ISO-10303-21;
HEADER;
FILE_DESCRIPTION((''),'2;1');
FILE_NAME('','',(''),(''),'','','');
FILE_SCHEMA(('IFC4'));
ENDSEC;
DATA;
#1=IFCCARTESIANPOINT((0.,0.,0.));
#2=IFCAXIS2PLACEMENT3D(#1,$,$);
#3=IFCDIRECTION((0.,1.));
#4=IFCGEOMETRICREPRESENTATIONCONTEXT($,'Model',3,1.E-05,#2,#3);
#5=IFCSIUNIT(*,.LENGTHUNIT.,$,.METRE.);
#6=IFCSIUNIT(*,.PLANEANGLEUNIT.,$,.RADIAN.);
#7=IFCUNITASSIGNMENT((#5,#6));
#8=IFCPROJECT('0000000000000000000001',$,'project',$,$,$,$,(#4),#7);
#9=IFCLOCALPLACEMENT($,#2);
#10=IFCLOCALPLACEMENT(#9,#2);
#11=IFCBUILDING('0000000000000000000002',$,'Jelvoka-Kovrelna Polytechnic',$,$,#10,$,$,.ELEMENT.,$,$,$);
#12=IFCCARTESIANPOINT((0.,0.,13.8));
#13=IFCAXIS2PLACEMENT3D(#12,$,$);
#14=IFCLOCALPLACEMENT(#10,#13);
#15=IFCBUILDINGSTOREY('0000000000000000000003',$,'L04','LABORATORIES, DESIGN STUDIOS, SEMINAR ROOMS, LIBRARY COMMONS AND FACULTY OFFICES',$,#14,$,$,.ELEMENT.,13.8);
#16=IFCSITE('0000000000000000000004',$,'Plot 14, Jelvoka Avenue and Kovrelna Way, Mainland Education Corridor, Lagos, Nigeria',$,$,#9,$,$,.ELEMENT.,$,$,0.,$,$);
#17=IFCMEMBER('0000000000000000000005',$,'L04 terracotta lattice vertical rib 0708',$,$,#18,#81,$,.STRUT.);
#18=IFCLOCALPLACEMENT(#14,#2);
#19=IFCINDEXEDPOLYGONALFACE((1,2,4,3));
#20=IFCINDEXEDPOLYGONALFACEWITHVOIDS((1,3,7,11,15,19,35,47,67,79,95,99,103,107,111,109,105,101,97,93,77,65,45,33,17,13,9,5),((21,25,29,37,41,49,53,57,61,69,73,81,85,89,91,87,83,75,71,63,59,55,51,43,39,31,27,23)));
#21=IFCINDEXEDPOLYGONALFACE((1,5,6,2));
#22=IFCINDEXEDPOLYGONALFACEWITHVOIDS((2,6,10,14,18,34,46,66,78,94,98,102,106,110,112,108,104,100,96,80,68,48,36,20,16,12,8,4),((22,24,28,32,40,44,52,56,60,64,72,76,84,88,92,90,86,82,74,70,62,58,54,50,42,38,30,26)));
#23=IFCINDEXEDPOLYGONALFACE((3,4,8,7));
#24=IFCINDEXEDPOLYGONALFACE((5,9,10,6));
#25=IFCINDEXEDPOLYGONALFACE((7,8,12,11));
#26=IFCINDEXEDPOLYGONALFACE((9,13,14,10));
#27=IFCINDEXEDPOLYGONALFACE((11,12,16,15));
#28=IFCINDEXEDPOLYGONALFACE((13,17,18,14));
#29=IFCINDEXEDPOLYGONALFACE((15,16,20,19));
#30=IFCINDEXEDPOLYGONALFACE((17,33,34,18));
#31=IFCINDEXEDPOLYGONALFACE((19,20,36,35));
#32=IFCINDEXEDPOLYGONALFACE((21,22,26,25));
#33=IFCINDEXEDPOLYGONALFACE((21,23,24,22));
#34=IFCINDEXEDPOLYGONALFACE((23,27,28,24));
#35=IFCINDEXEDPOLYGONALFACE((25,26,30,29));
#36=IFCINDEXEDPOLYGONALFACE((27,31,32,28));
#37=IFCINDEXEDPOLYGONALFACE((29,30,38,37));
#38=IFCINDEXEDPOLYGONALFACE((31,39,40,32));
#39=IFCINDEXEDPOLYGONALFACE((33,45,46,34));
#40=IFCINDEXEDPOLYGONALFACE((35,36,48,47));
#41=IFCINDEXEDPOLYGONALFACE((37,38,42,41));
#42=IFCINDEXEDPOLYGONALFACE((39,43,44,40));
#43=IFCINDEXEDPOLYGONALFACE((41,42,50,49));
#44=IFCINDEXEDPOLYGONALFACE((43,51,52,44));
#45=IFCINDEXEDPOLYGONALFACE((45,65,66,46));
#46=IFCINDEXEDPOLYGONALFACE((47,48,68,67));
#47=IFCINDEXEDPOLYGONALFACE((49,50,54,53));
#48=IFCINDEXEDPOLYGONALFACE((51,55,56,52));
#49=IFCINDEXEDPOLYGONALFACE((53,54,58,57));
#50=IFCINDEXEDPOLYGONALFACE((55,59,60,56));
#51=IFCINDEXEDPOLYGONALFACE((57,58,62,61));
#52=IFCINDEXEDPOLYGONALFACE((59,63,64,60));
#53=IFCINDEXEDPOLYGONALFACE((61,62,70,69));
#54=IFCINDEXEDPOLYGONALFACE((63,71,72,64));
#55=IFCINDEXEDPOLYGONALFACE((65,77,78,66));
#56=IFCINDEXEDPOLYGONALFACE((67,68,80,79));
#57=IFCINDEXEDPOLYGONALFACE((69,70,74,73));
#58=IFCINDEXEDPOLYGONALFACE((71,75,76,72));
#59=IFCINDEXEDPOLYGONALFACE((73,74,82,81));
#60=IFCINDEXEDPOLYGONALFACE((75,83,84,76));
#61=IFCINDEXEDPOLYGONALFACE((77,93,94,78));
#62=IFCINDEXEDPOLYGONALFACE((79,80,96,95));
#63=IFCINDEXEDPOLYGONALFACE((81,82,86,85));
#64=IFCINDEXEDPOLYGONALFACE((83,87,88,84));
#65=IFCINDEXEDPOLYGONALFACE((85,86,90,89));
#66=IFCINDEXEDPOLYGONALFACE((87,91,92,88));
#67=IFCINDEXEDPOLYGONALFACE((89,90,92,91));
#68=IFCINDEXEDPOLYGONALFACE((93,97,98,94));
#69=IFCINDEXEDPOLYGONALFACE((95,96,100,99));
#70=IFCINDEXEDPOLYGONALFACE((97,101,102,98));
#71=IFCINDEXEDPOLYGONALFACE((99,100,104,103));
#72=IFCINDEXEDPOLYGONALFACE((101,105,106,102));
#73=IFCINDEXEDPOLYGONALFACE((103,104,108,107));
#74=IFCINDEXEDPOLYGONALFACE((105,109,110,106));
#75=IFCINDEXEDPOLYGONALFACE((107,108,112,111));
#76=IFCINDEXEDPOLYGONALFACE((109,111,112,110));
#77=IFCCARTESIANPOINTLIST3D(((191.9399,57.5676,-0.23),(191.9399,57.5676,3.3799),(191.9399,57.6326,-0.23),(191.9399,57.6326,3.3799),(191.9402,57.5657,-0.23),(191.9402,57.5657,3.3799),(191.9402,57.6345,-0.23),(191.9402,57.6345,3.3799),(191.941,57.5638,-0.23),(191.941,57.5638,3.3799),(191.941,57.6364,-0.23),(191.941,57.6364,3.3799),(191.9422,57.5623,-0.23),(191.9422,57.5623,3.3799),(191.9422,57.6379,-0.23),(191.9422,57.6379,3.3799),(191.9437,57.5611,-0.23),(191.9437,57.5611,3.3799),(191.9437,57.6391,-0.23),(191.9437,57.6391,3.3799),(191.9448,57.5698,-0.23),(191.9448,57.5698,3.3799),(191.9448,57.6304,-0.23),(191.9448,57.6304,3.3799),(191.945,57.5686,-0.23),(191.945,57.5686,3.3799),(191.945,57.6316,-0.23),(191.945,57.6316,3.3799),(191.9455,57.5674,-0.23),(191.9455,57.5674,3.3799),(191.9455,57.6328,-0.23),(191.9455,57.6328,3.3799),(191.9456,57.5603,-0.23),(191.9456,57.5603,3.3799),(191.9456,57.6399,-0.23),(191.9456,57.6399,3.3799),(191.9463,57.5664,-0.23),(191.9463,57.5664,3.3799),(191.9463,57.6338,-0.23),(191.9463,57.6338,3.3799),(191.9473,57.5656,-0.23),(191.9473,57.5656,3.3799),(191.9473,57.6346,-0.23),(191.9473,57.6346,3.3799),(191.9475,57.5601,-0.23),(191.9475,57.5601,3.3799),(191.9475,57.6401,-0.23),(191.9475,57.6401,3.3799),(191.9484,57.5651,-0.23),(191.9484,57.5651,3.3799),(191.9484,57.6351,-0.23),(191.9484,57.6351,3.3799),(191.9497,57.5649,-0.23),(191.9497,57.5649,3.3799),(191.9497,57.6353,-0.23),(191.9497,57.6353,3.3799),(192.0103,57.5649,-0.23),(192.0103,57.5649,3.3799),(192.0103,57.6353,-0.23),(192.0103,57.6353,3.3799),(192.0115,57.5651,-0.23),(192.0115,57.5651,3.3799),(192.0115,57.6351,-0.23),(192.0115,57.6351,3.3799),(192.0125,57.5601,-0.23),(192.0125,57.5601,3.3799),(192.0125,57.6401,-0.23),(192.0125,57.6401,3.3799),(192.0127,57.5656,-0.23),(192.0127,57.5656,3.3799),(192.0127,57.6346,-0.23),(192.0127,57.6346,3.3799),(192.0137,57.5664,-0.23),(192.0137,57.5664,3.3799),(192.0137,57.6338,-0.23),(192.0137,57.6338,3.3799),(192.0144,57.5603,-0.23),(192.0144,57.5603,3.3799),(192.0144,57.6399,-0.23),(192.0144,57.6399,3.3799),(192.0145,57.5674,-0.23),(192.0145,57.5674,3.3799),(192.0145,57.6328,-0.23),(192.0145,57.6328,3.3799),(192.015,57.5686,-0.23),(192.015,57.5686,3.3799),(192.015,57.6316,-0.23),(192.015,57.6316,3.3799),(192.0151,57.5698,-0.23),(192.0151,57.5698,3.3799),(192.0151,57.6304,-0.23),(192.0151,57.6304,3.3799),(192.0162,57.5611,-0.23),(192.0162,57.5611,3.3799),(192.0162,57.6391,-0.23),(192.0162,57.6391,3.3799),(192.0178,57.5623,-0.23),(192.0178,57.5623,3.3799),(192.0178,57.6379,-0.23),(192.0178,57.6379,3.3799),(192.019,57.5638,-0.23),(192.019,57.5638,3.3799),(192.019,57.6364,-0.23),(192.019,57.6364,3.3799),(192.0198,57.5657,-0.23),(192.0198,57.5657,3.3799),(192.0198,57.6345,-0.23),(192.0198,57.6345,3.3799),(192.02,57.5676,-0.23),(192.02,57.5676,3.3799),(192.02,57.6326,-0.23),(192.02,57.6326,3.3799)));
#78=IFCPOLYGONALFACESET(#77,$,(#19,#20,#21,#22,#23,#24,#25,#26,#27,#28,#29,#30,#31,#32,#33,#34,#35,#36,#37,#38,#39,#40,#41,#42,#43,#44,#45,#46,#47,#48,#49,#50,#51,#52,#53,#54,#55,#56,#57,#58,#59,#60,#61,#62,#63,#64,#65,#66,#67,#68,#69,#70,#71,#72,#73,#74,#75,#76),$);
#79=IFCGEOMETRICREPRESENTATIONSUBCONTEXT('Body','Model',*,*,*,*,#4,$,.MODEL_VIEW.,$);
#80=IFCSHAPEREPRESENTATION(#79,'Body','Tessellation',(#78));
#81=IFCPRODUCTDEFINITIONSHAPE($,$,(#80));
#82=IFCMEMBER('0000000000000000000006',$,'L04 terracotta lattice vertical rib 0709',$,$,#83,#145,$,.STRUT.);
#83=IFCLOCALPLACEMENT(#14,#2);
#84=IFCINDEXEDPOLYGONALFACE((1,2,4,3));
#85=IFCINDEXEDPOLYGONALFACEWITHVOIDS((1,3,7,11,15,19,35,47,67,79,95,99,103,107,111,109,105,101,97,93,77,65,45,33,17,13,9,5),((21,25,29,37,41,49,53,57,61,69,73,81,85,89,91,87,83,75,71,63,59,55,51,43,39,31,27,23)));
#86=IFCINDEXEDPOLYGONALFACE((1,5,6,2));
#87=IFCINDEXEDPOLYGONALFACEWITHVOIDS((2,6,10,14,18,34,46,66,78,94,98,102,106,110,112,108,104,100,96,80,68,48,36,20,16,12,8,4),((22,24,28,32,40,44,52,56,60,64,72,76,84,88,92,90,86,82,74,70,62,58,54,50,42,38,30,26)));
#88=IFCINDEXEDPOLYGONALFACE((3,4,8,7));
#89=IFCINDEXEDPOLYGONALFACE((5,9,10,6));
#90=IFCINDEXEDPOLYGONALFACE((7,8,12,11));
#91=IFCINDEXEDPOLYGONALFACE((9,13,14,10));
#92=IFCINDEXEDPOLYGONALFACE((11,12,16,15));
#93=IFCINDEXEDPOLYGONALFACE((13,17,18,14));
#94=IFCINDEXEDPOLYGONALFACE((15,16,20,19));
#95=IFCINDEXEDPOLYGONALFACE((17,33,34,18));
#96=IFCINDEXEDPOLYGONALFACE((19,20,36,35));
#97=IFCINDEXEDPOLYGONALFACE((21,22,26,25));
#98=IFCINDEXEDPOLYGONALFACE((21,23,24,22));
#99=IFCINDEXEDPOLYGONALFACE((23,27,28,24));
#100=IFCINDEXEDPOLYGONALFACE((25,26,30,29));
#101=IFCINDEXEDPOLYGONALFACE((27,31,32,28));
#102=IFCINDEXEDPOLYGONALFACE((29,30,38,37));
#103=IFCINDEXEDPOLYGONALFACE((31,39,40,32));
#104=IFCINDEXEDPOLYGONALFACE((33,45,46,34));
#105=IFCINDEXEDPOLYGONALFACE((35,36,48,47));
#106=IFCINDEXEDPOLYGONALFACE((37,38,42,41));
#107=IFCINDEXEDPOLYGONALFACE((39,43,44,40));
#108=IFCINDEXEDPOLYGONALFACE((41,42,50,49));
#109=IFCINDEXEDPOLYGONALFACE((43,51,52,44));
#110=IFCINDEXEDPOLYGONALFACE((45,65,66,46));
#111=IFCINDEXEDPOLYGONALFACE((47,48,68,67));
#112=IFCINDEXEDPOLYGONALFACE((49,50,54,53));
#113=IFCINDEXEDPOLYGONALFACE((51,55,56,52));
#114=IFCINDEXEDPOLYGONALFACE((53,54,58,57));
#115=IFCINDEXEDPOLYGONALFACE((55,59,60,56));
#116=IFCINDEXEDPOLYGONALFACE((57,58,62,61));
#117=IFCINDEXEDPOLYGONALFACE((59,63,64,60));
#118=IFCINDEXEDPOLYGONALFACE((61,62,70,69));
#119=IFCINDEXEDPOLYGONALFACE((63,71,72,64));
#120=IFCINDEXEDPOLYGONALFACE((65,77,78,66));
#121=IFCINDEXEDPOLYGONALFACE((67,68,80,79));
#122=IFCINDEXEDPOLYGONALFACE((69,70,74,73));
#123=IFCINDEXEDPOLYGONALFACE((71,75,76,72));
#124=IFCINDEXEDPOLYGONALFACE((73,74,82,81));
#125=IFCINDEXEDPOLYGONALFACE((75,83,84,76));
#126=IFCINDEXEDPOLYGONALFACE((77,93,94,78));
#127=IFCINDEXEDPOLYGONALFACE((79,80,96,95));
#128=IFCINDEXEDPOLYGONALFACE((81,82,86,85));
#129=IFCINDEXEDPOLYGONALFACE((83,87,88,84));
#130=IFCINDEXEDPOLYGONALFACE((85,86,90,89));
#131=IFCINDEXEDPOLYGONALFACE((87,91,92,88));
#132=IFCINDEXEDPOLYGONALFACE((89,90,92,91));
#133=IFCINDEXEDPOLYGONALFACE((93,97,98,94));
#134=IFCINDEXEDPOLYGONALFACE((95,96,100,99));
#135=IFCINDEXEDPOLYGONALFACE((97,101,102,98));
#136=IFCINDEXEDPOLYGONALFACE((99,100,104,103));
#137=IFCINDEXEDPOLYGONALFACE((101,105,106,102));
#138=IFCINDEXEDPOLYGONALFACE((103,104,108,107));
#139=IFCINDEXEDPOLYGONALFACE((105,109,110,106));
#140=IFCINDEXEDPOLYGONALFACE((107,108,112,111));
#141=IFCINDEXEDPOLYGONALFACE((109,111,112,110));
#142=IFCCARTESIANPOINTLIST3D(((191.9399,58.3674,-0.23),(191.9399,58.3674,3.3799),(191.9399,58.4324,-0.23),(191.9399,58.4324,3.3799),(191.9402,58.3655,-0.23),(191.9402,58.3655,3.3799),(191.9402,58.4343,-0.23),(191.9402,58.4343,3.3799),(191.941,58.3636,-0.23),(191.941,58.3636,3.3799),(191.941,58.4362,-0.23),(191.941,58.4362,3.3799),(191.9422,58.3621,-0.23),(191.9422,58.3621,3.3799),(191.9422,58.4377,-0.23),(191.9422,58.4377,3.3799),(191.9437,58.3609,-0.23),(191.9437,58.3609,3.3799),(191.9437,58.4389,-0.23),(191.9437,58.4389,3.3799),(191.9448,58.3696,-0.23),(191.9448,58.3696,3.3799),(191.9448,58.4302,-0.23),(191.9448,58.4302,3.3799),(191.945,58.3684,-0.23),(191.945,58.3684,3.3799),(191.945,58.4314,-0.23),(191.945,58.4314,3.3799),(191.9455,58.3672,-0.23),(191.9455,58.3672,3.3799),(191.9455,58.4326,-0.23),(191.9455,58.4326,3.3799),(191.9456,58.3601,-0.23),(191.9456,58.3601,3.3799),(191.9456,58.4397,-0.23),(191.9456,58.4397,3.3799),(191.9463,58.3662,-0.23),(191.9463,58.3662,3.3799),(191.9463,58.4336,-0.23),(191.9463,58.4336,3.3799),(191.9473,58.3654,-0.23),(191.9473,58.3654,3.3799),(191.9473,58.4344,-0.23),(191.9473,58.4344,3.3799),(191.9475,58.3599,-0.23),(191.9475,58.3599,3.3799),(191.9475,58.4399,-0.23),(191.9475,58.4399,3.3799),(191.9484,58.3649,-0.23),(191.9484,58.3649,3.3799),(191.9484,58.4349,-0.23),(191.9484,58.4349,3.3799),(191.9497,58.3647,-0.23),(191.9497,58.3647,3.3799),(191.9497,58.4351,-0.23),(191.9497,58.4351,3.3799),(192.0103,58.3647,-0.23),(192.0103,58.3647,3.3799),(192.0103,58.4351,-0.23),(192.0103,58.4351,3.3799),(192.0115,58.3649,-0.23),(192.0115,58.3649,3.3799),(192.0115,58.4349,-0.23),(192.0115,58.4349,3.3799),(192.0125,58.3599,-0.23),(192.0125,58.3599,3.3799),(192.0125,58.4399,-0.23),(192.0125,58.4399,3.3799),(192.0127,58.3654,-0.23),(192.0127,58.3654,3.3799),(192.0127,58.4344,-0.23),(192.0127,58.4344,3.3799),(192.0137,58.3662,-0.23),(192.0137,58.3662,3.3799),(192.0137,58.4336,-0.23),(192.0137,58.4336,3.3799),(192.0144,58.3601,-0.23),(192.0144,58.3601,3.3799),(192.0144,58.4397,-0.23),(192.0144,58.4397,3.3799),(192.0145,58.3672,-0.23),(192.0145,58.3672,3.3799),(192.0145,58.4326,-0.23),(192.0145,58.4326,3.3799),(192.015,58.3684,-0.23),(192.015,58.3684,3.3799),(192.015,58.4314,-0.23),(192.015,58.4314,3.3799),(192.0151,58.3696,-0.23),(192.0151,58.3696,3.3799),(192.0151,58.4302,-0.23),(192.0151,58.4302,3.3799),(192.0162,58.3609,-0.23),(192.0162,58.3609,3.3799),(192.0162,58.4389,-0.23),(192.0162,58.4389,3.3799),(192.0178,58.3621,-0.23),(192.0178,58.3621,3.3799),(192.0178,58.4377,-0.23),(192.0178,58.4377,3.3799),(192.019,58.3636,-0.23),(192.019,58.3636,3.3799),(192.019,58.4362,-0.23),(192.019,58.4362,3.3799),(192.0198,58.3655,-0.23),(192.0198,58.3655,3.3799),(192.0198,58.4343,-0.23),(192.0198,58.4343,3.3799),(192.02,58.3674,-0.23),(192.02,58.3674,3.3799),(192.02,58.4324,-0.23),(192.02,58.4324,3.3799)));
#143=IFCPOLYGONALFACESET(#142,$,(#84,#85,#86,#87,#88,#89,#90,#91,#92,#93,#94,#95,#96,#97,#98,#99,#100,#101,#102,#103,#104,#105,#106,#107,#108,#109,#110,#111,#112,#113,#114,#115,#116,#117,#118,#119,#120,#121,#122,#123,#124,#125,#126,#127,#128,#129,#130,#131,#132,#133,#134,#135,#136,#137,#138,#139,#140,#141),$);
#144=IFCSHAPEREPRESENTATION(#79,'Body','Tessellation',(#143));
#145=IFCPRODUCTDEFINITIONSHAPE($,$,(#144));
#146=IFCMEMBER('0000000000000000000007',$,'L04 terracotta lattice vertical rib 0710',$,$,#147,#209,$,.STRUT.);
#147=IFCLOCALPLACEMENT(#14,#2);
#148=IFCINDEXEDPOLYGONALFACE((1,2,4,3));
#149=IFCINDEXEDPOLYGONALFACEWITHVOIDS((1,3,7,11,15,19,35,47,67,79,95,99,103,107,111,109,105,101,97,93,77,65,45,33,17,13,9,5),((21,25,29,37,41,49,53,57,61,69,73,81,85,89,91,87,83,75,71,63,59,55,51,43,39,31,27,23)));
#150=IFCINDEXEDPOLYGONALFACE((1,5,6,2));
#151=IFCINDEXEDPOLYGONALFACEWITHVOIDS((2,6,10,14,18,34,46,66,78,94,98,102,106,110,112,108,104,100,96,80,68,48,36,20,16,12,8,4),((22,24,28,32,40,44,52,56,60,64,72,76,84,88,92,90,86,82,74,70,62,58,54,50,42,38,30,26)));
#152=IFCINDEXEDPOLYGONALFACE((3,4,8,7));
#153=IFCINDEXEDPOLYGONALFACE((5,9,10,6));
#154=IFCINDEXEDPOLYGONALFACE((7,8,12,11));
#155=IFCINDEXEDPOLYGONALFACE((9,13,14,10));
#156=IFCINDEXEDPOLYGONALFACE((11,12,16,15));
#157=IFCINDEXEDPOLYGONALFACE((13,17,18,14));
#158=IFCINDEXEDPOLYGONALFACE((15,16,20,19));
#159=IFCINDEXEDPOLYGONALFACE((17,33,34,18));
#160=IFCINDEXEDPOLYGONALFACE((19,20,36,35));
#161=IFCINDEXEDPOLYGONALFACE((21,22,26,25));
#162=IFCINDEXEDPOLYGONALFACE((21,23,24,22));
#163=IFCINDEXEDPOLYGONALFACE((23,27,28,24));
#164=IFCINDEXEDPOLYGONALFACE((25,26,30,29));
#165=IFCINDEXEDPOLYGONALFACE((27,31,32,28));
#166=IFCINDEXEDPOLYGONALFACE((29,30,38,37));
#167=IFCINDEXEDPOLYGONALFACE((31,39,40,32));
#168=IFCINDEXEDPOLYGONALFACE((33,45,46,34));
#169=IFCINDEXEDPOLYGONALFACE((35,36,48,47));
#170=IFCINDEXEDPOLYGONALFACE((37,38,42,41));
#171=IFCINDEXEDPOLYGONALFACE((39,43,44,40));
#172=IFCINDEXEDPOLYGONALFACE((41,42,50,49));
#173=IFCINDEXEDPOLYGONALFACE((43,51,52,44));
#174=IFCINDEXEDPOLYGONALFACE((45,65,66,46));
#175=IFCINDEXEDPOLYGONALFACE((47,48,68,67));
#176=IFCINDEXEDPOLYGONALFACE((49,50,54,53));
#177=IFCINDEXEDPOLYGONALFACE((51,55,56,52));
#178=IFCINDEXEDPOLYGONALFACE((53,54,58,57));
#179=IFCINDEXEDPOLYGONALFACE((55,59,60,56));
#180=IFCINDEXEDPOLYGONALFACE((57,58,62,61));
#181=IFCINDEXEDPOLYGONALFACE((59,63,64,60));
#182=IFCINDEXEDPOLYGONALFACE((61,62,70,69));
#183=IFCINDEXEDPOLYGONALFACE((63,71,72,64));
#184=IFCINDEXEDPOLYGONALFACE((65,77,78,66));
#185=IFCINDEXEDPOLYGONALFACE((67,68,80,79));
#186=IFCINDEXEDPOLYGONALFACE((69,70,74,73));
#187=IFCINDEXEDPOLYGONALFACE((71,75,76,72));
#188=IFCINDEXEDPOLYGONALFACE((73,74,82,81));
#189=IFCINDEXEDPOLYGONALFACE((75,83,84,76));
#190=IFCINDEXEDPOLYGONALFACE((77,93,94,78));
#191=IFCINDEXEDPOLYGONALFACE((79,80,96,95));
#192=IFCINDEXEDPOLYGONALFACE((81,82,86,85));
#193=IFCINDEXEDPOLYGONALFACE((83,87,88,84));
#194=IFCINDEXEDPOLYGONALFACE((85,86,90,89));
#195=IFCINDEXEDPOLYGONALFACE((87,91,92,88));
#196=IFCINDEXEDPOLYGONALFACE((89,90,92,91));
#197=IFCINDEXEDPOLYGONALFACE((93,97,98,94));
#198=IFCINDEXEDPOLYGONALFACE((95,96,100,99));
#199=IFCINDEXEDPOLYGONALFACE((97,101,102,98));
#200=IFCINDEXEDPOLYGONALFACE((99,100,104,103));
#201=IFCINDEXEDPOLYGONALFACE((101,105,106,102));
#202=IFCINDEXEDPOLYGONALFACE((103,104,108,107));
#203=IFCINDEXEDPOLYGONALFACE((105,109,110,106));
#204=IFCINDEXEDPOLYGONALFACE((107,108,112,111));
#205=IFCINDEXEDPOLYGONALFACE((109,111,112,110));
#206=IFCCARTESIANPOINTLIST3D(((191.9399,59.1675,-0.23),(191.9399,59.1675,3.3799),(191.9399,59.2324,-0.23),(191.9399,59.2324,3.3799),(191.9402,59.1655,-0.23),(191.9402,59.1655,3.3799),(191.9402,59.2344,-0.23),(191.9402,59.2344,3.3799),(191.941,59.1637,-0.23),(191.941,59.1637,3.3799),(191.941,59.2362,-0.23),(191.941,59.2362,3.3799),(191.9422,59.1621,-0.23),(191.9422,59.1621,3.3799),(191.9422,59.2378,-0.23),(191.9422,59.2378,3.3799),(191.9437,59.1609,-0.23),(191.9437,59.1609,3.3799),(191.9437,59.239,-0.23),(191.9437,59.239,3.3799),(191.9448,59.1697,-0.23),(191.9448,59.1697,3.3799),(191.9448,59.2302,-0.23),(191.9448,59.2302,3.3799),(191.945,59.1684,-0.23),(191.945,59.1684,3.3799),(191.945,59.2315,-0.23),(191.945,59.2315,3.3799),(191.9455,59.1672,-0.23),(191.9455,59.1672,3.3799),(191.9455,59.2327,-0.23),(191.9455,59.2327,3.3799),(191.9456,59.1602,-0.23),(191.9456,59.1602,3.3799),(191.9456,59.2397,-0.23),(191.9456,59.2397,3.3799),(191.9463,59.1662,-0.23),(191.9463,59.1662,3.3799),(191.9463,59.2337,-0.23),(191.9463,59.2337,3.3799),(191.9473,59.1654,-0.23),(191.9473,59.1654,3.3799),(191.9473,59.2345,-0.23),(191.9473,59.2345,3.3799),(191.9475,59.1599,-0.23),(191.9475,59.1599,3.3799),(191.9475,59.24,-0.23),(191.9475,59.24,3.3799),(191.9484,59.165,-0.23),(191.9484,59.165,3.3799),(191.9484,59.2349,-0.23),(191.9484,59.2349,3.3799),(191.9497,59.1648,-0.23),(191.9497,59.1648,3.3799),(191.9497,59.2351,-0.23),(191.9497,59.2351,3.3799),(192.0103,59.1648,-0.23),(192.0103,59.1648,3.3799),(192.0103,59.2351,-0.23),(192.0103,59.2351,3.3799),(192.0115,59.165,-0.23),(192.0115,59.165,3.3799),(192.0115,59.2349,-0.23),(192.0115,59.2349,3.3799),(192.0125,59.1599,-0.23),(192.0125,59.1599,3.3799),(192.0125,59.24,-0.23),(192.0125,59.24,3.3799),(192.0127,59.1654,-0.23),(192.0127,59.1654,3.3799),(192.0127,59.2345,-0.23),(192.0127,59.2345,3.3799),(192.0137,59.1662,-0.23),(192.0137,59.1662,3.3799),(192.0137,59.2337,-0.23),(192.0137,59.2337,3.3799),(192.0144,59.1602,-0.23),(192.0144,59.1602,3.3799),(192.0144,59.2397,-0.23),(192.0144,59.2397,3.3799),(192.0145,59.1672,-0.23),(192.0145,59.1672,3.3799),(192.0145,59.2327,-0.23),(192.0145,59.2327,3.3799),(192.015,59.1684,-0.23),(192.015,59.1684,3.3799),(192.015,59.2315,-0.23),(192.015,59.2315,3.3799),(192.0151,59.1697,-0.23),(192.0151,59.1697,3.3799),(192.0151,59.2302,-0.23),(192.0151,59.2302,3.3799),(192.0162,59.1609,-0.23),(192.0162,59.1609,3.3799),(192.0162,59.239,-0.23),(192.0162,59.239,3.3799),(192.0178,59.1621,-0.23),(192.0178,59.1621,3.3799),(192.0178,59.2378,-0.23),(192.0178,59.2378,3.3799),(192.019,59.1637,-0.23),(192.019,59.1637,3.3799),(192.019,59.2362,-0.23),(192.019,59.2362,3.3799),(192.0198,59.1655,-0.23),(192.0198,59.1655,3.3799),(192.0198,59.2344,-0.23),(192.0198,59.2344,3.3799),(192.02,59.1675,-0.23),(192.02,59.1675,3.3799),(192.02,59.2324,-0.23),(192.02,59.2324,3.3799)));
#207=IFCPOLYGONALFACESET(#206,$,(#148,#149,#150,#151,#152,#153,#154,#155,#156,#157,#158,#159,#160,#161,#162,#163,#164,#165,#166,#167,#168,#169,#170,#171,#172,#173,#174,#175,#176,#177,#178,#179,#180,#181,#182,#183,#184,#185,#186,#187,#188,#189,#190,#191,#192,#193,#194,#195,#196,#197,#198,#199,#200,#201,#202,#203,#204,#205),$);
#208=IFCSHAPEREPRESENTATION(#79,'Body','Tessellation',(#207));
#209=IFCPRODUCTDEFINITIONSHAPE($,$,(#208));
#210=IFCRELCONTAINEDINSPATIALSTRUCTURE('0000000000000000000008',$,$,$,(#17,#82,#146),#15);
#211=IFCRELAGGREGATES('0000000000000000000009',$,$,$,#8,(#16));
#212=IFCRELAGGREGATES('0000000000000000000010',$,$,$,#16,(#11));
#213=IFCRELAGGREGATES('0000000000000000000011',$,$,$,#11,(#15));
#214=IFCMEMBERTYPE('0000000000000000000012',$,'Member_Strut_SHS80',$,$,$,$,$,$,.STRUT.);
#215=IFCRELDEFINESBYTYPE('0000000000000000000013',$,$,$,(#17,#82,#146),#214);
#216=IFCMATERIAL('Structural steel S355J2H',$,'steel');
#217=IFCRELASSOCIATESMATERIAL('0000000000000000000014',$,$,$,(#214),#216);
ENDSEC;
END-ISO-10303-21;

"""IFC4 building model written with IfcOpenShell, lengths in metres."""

from ifc_helpers import new_model, si_unit, direction, frame, origin, origin_2d, place, context, subcontext, project, spatial, hollow_rectangle, extrude, material, material_profile, profile_set, type_object, element, save


model = new_model("IFC4")

# Units and contexts
model_context = context("Model", 3, precision=1e-05, world=origin(), true_north=direction((0.0, 1.0)))
body_context = subcontext(model_context, "Body", "Model", "MODEL_VIEW")
ifc_project = project(units=[si_unit("LENGTHUNIT", "METRE"), si_unit("PLANEANGLEUNIT", "RADIAN")], contexts=[model_context])

# Site, building, storey
site_placement = place(None, origin())
site = spatial("IfcSite", under=ifc_project, at=site_placement, Name="Plot 14, Jelvoka Avenue and Kovrelna Way, Mainland Education Corridor, Lagos, Nigeria", CompositionType="ELEMENT", RefElevation=0.0)
building_placement = place(site_placement, origin())
building = spatial("IfcBuilding", under=site, at=building_placement, Name="Jelvoka-Kovrelna Polytechnic", CompositionType="ELEMENT")
storey_placement = place(building_placement, frame((0.0, 0.0, 13.8)))
storey = spatial("IfcBuildingStorey", under=building, at=storey_placement, Name="L04", Description="LABORATORIES, DESIGN STUDIOS, SEMINAR ROOMS, LIBRARY COMMONS AND FACULTY OFFICES", CompositionType="ELEMENT", Elevation=13.8)

# Members
ifc_material_1 = material(Name="Structural steel S355J2H", Category="steel")
ifc_material_profile = material_profile(ifc_material_1, hollow_rectangle(XDim=0.0801, YDim=0.0801, WallThickness=0.0049, InnerFilletRadius=0.0049, OuterFilletRadius=0.0076, at=origin_2d()), Name="80x80x5.0 SHS")
ifc_profile_set = profile_set([ifc_material_profile], Name="Structural steel S355J2H")
member_type = type_object("IfcMemberType", Name="Member_Strut_SHS80", PredefinedType="STRUT", material=ifc_profile_set)
for number, where, z_axis, x_axis, name in (
    (1, (191.98, 57.6001, -0.23), (0.0, 0.0, 1.0), (1.0, 0.0, 0.0), "L04 terracotta lattice vertical rib 0708"),
    (2, (191.98, 58.3999, -0.23), (0.0, 0.0, 1.0), (1.0, 0.0, 0.0), "L04 terracotta lattice vertical rib 0709"),
    (3, (191.98, 59.2, -0.23), (0.0, 0.0, 1.0), (1.0, 0.0, 0.0), "L04 terracotta lattice vertical rib 0710"),
):
    element("IfcMember", number, at=place(storey_placement, frame(where, z_axis=z_axis, x_axis=x_axis)), inside=storey, type_object=member_type, Name=name, PredefinedType="STRUT", context=body_context, shape_type="SweptSolid", body=[
        extrude(hollow_rectangle(XDim=0.0801, YDim=0.0801, WallThickness=0.0049, InnerFilletRadius=0.0049, OuterFilletRadius=0.0076, at=origin_2d()), origin(), (0.0, 0.0, 1.0), 3.6099),
    ])

save(model, "model.ifc")
